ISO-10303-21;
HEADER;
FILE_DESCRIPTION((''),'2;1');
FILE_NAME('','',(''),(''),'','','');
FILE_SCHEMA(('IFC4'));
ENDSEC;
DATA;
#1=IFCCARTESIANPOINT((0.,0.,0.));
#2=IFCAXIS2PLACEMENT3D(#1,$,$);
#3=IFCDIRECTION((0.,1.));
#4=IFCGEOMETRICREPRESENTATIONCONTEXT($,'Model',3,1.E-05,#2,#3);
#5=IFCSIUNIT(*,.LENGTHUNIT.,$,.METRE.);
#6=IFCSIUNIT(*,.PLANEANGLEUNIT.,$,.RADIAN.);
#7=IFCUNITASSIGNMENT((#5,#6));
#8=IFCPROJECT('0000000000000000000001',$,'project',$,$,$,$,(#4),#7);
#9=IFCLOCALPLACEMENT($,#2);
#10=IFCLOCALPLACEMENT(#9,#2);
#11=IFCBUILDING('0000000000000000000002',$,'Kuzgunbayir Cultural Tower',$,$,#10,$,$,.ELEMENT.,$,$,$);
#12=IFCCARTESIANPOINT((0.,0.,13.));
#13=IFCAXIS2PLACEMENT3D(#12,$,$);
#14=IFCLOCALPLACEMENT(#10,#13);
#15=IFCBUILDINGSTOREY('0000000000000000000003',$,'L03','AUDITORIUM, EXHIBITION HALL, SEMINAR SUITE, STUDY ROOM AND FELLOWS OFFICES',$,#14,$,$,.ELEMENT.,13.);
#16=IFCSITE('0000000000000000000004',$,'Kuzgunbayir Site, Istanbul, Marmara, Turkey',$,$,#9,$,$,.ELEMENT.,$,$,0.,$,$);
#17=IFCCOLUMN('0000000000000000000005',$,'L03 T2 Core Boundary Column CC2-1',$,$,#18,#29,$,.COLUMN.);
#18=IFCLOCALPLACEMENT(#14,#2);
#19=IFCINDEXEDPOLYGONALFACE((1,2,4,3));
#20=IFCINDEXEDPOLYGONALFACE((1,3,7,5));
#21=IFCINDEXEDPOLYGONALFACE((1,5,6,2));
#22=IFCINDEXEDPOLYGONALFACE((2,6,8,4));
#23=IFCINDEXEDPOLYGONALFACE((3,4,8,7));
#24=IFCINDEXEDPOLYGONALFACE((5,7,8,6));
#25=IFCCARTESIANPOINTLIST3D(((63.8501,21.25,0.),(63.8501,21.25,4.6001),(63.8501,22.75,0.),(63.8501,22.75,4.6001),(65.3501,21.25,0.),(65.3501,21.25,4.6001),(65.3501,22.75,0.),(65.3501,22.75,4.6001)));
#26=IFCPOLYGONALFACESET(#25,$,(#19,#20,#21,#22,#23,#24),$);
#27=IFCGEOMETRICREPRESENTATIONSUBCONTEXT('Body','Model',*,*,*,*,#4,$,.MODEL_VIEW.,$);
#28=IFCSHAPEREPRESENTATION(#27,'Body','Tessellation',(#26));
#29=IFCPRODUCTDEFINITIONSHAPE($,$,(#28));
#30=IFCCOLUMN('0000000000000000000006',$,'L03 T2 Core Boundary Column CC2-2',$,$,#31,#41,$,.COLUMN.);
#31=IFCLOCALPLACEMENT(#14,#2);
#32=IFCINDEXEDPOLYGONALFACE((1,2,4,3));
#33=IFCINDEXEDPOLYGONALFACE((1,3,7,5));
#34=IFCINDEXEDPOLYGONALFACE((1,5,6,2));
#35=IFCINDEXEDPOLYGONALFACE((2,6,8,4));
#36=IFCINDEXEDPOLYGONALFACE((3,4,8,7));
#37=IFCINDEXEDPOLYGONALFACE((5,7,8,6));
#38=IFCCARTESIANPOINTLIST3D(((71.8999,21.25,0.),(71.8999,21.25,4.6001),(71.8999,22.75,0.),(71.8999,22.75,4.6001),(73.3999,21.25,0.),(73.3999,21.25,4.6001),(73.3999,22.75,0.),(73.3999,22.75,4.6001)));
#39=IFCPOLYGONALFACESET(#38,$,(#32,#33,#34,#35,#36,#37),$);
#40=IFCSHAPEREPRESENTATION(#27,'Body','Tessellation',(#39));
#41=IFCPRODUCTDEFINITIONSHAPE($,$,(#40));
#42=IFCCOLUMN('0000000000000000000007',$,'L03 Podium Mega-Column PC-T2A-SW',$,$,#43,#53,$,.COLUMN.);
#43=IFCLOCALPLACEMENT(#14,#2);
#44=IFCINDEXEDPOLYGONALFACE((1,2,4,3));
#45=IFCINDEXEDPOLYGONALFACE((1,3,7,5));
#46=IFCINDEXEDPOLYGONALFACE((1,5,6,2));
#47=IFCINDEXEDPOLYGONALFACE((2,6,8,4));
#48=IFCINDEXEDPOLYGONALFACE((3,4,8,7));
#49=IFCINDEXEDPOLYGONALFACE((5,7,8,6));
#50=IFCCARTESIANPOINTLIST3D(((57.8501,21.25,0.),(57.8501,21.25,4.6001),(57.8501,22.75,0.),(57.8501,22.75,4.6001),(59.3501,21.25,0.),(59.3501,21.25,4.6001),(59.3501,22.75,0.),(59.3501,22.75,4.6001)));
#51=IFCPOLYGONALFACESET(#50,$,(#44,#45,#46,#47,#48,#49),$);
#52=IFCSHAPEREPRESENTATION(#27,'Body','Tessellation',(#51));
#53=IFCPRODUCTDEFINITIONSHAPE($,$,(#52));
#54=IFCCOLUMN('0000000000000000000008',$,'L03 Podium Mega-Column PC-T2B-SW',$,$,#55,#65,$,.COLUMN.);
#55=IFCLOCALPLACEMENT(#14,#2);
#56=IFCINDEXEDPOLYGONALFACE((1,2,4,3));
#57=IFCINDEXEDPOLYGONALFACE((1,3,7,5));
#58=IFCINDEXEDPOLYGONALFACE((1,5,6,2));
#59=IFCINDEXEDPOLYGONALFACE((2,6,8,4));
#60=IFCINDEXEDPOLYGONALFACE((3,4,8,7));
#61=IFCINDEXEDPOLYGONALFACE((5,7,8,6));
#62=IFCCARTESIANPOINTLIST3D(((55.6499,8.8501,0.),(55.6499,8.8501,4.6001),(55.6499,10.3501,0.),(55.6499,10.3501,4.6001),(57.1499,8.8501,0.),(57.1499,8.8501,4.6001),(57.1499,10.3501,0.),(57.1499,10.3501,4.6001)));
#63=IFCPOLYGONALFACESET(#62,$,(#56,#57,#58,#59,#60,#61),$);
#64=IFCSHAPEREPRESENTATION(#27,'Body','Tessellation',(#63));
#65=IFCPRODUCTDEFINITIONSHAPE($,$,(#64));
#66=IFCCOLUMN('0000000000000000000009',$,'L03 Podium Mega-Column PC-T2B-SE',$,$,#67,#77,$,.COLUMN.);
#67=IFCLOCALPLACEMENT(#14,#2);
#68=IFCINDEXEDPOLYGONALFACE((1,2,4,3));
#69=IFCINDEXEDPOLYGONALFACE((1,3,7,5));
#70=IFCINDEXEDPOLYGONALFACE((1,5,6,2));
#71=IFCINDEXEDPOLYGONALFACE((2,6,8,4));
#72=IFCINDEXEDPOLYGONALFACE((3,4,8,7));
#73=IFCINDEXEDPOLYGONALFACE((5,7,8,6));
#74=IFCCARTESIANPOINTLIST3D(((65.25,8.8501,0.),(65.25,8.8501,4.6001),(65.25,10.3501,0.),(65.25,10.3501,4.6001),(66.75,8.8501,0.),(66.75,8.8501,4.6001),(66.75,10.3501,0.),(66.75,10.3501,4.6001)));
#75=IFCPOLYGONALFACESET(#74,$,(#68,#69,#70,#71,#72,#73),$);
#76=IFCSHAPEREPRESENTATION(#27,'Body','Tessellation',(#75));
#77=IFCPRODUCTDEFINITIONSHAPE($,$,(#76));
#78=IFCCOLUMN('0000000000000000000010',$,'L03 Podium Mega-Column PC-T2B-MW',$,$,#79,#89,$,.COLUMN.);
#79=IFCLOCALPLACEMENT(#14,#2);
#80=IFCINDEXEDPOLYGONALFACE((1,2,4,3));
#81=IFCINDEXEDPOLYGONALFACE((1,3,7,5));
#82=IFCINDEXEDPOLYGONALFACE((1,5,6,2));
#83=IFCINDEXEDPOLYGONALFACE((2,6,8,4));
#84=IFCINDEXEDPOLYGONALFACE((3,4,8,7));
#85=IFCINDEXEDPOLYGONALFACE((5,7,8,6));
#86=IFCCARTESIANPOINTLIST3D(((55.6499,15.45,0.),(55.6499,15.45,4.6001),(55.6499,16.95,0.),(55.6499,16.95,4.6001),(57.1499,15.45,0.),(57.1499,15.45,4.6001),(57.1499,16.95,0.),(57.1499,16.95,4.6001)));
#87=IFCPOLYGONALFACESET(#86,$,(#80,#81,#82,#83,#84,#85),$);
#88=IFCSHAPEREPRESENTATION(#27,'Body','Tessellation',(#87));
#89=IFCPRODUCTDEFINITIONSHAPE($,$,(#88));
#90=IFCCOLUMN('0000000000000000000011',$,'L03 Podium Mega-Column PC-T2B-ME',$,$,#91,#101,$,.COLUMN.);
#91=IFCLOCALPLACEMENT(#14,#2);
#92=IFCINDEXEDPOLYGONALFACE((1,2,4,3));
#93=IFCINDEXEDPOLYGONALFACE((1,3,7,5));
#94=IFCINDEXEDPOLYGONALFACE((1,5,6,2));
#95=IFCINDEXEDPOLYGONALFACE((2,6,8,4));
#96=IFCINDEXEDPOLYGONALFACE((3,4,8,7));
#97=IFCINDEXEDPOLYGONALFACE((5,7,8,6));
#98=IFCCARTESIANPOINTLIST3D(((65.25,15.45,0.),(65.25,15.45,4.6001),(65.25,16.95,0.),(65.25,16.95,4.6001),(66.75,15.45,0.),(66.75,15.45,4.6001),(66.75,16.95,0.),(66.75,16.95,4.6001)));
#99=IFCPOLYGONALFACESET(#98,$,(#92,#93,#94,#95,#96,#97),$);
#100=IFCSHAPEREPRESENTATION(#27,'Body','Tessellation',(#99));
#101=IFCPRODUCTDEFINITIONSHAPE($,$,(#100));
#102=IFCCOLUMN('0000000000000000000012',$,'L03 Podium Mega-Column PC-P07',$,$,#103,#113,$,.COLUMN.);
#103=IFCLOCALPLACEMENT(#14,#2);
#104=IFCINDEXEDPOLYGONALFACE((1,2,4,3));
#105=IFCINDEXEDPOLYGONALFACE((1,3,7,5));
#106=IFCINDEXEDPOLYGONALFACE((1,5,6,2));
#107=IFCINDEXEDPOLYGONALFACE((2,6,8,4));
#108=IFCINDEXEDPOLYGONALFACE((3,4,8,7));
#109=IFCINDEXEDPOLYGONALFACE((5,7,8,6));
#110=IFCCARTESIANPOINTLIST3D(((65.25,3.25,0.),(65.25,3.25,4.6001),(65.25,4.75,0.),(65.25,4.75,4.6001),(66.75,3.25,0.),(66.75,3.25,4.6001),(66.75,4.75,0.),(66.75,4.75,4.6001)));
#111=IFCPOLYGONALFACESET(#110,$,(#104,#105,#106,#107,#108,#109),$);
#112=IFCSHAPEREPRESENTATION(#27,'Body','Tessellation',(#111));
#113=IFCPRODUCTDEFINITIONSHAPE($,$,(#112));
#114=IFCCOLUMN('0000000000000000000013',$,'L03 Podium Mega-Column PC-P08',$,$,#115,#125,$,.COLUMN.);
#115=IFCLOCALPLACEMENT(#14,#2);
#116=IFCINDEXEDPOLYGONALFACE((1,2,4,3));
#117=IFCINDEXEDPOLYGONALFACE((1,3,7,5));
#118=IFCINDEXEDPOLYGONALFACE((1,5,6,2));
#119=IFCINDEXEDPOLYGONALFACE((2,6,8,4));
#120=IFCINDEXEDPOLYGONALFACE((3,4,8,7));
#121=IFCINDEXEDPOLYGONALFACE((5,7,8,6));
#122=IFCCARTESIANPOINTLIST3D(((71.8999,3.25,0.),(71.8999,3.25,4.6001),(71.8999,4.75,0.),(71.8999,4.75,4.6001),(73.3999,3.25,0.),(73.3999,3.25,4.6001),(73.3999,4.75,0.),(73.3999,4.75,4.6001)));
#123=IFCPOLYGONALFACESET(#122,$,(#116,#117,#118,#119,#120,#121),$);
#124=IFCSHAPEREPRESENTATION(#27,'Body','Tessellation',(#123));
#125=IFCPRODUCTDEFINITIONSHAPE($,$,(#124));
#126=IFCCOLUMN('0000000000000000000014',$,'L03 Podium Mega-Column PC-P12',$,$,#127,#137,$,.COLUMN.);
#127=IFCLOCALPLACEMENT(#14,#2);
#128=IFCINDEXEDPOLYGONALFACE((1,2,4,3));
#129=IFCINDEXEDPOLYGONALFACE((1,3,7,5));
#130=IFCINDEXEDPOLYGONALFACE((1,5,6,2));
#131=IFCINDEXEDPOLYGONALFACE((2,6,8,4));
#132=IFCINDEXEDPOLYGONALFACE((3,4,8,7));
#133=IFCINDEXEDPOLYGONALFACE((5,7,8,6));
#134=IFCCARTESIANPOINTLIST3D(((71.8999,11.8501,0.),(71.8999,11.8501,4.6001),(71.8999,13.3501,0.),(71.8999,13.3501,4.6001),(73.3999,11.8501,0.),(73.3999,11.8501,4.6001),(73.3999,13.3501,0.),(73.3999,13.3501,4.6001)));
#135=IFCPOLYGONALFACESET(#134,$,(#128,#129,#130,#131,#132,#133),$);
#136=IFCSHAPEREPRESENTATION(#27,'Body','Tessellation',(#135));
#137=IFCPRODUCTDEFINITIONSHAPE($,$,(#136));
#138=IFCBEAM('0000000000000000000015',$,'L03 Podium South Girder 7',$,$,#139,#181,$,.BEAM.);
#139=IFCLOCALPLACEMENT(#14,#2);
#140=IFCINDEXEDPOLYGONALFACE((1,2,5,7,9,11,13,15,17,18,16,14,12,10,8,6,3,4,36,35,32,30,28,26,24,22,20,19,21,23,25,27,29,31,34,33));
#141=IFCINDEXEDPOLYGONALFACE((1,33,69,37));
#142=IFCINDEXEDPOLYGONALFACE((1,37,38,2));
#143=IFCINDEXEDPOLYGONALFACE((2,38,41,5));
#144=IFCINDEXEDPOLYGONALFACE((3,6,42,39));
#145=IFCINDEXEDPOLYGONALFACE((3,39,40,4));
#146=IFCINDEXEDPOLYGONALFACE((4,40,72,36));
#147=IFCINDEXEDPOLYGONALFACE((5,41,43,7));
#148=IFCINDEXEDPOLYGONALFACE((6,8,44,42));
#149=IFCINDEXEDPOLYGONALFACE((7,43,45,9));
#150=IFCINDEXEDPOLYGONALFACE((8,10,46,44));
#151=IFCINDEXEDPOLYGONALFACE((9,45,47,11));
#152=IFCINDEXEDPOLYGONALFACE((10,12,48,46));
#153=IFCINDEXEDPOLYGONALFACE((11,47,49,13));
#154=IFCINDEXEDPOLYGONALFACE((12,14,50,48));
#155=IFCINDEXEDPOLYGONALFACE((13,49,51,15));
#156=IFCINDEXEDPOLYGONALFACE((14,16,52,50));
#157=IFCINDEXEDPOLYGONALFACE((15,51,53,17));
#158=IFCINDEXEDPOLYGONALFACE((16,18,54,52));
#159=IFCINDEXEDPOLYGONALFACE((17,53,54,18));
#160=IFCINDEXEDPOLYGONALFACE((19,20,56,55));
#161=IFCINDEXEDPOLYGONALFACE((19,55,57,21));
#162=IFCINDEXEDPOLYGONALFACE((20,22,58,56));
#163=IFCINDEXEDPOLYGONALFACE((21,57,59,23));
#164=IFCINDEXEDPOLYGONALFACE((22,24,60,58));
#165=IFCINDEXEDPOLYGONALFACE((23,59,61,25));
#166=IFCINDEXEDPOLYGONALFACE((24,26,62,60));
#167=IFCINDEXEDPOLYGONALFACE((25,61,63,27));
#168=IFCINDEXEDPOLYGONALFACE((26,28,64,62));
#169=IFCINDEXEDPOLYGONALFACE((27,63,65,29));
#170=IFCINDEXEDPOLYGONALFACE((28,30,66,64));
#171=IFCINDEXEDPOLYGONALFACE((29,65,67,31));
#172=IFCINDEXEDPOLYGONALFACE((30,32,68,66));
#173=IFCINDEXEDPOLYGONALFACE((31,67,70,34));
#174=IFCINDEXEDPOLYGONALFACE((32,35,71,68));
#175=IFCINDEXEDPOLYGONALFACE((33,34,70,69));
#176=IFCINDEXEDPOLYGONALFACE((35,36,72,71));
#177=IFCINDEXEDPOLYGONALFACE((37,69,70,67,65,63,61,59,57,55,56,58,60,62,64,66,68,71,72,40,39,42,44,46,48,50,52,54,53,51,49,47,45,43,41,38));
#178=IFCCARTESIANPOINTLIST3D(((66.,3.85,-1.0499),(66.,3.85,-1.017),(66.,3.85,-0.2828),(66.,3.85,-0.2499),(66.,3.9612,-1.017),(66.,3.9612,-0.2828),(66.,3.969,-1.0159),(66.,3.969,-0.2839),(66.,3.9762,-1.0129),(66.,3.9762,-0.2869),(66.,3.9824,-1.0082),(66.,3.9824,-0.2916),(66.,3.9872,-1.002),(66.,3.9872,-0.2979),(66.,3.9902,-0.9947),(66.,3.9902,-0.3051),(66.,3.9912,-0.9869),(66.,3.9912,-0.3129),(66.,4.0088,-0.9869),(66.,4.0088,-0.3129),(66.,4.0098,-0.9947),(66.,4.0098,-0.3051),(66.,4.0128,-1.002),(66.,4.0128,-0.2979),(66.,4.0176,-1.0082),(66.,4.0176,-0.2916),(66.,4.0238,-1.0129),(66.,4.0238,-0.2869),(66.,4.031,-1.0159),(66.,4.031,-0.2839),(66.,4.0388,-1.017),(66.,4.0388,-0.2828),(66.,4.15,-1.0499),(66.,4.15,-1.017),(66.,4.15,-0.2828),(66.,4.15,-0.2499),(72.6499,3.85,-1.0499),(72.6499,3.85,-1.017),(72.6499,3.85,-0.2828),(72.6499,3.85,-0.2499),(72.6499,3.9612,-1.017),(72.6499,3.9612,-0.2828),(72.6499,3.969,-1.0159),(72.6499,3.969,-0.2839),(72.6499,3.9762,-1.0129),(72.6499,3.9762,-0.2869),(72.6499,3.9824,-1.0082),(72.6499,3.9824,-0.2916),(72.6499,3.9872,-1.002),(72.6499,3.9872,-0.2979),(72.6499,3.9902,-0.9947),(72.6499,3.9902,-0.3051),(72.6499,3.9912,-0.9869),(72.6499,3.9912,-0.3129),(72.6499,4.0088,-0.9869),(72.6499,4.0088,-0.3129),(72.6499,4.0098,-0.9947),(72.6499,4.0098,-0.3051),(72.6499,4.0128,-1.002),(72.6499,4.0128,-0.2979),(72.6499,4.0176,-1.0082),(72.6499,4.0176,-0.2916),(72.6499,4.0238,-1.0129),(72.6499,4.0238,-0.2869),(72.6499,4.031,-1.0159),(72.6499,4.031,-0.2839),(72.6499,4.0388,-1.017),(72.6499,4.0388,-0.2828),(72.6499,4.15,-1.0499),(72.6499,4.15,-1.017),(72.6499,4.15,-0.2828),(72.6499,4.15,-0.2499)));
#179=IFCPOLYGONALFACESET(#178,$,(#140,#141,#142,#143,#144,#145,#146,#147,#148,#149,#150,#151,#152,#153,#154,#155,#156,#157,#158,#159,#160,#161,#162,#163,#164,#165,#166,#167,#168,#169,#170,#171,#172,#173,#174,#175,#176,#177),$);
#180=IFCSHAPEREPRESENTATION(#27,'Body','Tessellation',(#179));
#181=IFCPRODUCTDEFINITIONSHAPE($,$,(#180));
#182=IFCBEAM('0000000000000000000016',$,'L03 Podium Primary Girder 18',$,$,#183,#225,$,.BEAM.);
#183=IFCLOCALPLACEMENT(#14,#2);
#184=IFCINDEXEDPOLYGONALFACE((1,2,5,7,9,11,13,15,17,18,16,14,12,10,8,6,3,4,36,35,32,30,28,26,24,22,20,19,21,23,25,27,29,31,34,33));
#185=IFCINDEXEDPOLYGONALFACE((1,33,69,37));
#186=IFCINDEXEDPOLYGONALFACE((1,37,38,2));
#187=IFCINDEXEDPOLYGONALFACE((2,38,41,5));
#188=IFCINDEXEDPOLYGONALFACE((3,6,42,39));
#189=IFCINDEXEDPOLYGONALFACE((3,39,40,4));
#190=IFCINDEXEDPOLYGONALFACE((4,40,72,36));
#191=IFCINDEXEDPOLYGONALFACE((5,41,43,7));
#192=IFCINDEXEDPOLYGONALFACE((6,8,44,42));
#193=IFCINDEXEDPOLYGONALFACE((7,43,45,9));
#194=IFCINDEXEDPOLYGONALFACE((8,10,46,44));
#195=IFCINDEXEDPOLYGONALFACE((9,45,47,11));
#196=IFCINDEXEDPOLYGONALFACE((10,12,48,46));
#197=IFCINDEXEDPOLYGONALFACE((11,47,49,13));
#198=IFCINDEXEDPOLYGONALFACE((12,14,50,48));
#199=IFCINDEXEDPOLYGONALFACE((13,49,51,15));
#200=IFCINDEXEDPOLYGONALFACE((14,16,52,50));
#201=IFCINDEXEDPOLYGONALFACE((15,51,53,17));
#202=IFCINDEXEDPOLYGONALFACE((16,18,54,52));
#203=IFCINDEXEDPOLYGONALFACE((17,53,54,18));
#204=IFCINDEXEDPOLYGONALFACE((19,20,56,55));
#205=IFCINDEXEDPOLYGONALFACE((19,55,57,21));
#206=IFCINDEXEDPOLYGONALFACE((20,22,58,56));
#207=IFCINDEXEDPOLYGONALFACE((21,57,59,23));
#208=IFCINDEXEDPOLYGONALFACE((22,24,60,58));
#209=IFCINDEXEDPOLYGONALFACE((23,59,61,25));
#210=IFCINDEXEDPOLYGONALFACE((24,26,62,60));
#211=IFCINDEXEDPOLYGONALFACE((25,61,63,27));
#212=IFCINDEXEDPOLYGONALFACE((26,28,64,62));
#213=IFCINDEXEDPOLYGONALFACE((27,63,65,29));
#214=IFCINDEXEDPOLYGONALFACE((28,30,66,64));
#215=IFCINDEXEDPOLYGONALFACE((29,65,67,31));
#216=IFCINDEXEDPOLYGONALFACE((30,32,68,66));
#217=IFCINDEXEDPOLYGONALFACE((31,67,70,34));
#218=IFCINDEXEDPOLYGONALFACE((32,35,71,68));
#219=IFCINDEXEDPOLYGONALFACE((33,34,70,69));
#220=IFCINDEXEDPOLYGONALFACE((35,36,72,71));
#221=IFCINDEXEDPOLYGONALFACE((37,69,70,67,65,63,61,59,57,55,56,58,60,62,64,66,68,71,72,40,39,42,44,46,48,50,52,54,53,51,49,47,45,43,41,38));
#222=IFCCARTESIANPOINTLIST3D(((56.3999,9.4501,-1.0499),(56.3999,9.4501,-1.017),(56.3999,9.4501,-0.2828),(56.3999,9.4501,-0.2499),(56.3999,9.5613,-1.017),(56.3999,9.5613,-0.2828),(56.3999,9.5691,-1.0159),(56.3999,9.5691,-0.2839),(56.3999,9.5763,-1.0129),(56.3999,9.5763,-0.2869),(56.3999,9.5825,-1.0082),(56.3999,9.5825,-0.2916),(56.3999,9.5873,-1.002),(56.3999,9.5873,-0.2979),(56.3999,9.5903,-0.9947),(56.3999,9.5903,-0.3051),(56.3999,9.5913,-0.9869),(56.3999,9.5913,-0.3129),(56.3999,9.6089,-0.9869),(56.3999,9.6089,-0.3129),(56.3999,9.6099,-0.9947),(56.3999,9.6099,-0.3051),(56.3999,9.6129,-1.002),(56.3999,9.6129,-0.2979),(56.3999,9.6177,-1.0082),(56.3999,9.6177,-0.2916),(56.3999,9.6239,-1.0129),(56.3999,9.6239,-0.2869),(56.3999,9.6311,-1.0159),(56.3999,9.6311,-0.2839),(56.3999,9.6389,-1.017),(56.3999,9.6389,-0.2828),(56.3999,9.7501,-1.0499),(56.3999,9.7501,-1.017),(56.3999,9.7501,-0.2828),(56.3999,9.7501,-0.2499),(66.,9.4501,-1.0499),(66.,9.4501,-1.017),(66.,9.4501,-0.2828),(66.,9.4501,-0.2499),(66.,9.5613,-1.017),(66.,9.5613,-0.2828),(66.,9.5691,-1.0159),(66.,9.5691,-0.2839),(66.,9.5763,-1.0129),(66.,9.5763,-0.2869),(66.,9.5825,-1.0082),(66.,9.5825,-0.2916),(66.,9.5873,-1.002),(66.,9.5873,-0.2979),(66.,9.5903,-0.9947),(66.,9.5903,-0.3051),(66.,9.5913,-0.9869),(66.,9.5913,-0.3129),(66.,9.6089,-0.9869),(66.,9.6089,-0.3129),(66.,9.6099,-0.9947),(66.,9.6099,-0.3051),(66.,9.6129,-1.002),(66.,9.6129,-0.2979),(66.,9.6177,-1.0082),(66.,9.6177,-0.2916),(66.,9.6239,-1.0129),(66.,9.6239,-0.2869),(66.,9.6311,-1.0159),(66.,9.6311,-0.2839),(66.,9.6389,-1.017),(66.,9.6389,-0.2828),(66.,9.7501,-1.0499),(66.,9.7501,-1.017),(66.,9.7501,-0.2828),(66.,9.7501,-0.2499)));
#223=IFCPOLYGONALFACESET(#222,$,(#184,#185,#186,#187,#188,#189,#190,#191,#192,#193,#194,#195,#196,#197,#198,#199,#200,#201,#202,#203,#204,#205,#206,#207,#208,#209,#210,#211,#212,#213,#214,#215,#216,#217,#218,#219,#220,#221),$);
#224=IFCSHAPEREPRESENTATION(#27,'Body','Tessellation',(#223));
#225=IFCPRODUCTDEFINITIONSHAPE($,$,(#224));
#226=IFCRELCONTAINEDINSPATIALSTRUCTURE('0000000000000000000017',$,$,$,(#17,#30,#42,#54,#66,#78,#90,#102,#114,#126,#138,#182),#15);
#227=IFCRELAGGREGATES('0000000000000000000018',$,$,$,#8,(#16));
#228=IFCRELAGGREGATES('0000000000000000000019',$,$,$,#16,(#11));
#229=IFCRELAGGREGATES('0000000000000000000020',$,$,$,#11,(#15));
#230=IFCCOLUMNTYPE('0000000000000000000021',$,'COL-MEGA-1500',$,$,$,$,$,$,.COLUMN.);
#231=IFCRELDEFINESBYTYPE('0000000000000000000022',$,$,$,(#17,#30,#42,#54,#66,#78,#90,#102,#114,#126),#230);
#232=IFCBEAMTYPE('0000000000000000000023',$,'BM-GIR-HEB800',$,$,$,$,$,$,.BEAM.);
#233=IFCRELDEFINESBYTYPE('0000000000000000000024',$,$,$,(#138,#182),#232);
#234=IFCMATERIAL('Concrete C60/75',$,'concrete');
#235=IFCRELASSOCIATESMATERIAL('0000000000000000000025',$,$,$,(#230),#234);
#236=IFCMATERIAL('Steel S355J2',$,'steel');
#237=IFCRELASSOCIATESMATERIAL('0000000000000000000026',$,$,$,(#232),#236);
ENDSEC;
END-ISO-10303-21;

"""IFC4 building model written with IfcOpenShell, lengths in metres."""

from ifc_helpers import new_model, si_unit, direction, frame, origin, origin_2d, place, context, subcontext, project, spatial, rectangle, i_section, extrude, material, material_profile, profile_set, type_object, element, save


model = new_model("IFC4")

# Units and contexts
model_context = context("Model", 3, precision=1e-05, world=origin(), true_north=direction((0.0, 1.0)))
body_context = subcontext(model_context, "Body", "Model", "MODEL_VIEW")
ifc_project = project(units=[si_unit("LENGTHUNIT", "METRE"), si_unit("PLANEANGLEUNIT", "RADIAN")], contexts=[model_context])

# Site, building, storey
site_placement = place(None, origin())
site = spatial("IfcSite", under=ifc_project, at=site_placement, Name="Kuzgunbayir Site, Istanbul, Marmara, Turkey", CompositionType="ELEMENT", RefElevation=0.0)
building_placement = place(site_placement, origin())
building = spatial("IfcBuilding", under=site, at=building_placement, Name="Kuzgunbayir Cultural Tower", CompositionType="ELEMENT")
storey_placement = place(building_placement, frame((0.0, 0.0, 13.0)))
storey = spatial("IfcBuildingStorey", under=building, at=storey_placement, Name="L03", Description="AUDITORIUM, EXHIBITION HALL, SEMINAR SUITE, STUDY ROOM AND FELLOWS OFFICES", CompositionType="ELEMENT", Elevation=13.0)

# Columns
ifc_material_1 = material(Name="Concrete C60/75", Category="concrete")
ifc_material_profile_1 = material_profile(ifc_material_1, rectangle(XDim=1.5, YDim=1.5, at=origin_2d()), Name="RC 1500x1500")
ifc_profile_set_1 = profile_set([ifc_material_profile_1], Name="Concrete C60/75")
column_type = type_object("IfcColumnType", Name="COL-MEGA-1500", PredefinedType="COLUMN", material=ifc_profile_set_1)
for number, where, z_axis, x_axis, name in (
    (1, (64.6001, 22.0, 0.0), (0.0, 0.0, 1.0), (1.0, 0.0, 0.0), "L03 T2 Core Boundary Column CC2-1"),
    (2, (72.6499, 22.0, 0.0), (0.0, 0.0, 1.0), (1.0, 0.0, 0.0), "L03 T2 Core Boundary Column CC2-2"),
    (3, (58.6001, 22.0, 0.0), (0.0, 0.0, 1.0), (1.0, 0.0, 0.0), "L03 Podium Mega-Column PC-T2A-SW"),
    (4, (56.3999, 9.6001, 0.0), (0.0, 0.0, 1.0), (1.0, 0.0, 0.0), "L03 Podium Mega-Column PC-T2B-SW"),
    (5, (66.0, 9.6001, 0.0), (0.0, 0.0, 1.0), (1.0, 0.0, 0.0), "L03 Podium Mega-Column PC-T2B-SE"),
    (6, (56.3999, 16.2, 0.0), (0.0, 0.0, 1.0), (1.0, 0.0, 0.0), "L03 Podium Mega-Column PC-T2B-MW"),
    (7, (66.0, 16.2, 0.0), (0.0, 0.0, 1.0), (1.0, 0.0, 0.0), "L03 Podium Mega-Column PC-T2B-ME"),
    (8, (66.0, 4.0, 0.0), (0.0, 0.0, 1.0), (1.0, 0.0, 0.0), "L03 Podium Mega-Column PC-P07"),
    (9, (72.6499, 4.0, 0.0), (0.0, 0.0, 1.0), (1.0, 0.0, 0.0), "L03 Podium Mega-Column PC-P08"),
    (10, (72.6499, 12.6001, 0.0), (0.0, 0.0, 1.0), (1.0, 0.0, 0.0), "L03 Podium Mega-Column PC-P12"),
):
    element("IfcColumn", number, at=place(storey_placement, frame(where, z_axis=z_axis, x_axis=x_axis)), inside=storey, type_object=column_type, Name=name, PredefinedType="COLUMN", context=body_context, shape_type="SweptSolid", body=[
        extrude(rectangle(XDim=1.5, YDim=1.5, at=origin_2d()), origin(), (0.0, 0.0, 1.0), 4.6001),
    ])

# Beams
ifc_material_2 = material(Name="Steel S355J2", Category="steel")
ifc_material_profile_2 = material_profile(ifc_material_2, i_section(OverallWidth=0.3, OverallDepth=0.8, WebThickness=0.0176, FlangeThickness=0.033, FilletRadius=0.03, at=origin_2d()), Name="HEB 800")
ifc_profile_set_2 = profile_set([ifc_material_profile_2], Name="Steel S355J2")
beam_type = type_object("IfcBeamType", Name="BM-GIR-HEB800", PredefinedType="BEAM", material=ifc_profile_set_2)
beam_1_placement = place(storey_placement, frame((66.0, 4.0, -0.6499), z_axis=(1.0, 0.0, 0.0), x_axis=(0.0, 1.0, 0.0)))
element("IfcBeam", 11, at=beam_1_placement, inside=storey, type_object=beam_type, Name="L03 Podium South Girder 7", PredefinedType="BEAM", context=body_context, shape_type="SweptSolid", body=[
    extrude(i_section(OverallWidth=0.3, OverallDepth=0.8, WebThickness=0.0176, FlangeThickness=0.033, FilletRadius=0.03, at=origin_2d()), origin(), (0.0, 0.0, 1.0), 6.6499),
])
beam_2_placement = place(storey_placement, frame((56.3999, 9.6001, -0.6499), z_axis=(1.0, 0.0, 0.0), x_axis=(0.0, 1.0, 0.0)))
element("IfcBeam", 12, at=beam_2_placement, inside=storey, type_object=beam_type, Name="L03 Podium Primary Girder 18", PredefinedType="BEAM", context=body_context, shape_type="SweptSolid", body=[
    extrude(i_section(OverallWidth=0.3, OverallDepth=0.8, WebThickness=0.0176, FlangeThickness=0.033, FilletRadius=0.03, at=origin_2d()), origin(), (0.0, 0.0, 1.0), 9.6001),
])

save(model, "model.ifc")
